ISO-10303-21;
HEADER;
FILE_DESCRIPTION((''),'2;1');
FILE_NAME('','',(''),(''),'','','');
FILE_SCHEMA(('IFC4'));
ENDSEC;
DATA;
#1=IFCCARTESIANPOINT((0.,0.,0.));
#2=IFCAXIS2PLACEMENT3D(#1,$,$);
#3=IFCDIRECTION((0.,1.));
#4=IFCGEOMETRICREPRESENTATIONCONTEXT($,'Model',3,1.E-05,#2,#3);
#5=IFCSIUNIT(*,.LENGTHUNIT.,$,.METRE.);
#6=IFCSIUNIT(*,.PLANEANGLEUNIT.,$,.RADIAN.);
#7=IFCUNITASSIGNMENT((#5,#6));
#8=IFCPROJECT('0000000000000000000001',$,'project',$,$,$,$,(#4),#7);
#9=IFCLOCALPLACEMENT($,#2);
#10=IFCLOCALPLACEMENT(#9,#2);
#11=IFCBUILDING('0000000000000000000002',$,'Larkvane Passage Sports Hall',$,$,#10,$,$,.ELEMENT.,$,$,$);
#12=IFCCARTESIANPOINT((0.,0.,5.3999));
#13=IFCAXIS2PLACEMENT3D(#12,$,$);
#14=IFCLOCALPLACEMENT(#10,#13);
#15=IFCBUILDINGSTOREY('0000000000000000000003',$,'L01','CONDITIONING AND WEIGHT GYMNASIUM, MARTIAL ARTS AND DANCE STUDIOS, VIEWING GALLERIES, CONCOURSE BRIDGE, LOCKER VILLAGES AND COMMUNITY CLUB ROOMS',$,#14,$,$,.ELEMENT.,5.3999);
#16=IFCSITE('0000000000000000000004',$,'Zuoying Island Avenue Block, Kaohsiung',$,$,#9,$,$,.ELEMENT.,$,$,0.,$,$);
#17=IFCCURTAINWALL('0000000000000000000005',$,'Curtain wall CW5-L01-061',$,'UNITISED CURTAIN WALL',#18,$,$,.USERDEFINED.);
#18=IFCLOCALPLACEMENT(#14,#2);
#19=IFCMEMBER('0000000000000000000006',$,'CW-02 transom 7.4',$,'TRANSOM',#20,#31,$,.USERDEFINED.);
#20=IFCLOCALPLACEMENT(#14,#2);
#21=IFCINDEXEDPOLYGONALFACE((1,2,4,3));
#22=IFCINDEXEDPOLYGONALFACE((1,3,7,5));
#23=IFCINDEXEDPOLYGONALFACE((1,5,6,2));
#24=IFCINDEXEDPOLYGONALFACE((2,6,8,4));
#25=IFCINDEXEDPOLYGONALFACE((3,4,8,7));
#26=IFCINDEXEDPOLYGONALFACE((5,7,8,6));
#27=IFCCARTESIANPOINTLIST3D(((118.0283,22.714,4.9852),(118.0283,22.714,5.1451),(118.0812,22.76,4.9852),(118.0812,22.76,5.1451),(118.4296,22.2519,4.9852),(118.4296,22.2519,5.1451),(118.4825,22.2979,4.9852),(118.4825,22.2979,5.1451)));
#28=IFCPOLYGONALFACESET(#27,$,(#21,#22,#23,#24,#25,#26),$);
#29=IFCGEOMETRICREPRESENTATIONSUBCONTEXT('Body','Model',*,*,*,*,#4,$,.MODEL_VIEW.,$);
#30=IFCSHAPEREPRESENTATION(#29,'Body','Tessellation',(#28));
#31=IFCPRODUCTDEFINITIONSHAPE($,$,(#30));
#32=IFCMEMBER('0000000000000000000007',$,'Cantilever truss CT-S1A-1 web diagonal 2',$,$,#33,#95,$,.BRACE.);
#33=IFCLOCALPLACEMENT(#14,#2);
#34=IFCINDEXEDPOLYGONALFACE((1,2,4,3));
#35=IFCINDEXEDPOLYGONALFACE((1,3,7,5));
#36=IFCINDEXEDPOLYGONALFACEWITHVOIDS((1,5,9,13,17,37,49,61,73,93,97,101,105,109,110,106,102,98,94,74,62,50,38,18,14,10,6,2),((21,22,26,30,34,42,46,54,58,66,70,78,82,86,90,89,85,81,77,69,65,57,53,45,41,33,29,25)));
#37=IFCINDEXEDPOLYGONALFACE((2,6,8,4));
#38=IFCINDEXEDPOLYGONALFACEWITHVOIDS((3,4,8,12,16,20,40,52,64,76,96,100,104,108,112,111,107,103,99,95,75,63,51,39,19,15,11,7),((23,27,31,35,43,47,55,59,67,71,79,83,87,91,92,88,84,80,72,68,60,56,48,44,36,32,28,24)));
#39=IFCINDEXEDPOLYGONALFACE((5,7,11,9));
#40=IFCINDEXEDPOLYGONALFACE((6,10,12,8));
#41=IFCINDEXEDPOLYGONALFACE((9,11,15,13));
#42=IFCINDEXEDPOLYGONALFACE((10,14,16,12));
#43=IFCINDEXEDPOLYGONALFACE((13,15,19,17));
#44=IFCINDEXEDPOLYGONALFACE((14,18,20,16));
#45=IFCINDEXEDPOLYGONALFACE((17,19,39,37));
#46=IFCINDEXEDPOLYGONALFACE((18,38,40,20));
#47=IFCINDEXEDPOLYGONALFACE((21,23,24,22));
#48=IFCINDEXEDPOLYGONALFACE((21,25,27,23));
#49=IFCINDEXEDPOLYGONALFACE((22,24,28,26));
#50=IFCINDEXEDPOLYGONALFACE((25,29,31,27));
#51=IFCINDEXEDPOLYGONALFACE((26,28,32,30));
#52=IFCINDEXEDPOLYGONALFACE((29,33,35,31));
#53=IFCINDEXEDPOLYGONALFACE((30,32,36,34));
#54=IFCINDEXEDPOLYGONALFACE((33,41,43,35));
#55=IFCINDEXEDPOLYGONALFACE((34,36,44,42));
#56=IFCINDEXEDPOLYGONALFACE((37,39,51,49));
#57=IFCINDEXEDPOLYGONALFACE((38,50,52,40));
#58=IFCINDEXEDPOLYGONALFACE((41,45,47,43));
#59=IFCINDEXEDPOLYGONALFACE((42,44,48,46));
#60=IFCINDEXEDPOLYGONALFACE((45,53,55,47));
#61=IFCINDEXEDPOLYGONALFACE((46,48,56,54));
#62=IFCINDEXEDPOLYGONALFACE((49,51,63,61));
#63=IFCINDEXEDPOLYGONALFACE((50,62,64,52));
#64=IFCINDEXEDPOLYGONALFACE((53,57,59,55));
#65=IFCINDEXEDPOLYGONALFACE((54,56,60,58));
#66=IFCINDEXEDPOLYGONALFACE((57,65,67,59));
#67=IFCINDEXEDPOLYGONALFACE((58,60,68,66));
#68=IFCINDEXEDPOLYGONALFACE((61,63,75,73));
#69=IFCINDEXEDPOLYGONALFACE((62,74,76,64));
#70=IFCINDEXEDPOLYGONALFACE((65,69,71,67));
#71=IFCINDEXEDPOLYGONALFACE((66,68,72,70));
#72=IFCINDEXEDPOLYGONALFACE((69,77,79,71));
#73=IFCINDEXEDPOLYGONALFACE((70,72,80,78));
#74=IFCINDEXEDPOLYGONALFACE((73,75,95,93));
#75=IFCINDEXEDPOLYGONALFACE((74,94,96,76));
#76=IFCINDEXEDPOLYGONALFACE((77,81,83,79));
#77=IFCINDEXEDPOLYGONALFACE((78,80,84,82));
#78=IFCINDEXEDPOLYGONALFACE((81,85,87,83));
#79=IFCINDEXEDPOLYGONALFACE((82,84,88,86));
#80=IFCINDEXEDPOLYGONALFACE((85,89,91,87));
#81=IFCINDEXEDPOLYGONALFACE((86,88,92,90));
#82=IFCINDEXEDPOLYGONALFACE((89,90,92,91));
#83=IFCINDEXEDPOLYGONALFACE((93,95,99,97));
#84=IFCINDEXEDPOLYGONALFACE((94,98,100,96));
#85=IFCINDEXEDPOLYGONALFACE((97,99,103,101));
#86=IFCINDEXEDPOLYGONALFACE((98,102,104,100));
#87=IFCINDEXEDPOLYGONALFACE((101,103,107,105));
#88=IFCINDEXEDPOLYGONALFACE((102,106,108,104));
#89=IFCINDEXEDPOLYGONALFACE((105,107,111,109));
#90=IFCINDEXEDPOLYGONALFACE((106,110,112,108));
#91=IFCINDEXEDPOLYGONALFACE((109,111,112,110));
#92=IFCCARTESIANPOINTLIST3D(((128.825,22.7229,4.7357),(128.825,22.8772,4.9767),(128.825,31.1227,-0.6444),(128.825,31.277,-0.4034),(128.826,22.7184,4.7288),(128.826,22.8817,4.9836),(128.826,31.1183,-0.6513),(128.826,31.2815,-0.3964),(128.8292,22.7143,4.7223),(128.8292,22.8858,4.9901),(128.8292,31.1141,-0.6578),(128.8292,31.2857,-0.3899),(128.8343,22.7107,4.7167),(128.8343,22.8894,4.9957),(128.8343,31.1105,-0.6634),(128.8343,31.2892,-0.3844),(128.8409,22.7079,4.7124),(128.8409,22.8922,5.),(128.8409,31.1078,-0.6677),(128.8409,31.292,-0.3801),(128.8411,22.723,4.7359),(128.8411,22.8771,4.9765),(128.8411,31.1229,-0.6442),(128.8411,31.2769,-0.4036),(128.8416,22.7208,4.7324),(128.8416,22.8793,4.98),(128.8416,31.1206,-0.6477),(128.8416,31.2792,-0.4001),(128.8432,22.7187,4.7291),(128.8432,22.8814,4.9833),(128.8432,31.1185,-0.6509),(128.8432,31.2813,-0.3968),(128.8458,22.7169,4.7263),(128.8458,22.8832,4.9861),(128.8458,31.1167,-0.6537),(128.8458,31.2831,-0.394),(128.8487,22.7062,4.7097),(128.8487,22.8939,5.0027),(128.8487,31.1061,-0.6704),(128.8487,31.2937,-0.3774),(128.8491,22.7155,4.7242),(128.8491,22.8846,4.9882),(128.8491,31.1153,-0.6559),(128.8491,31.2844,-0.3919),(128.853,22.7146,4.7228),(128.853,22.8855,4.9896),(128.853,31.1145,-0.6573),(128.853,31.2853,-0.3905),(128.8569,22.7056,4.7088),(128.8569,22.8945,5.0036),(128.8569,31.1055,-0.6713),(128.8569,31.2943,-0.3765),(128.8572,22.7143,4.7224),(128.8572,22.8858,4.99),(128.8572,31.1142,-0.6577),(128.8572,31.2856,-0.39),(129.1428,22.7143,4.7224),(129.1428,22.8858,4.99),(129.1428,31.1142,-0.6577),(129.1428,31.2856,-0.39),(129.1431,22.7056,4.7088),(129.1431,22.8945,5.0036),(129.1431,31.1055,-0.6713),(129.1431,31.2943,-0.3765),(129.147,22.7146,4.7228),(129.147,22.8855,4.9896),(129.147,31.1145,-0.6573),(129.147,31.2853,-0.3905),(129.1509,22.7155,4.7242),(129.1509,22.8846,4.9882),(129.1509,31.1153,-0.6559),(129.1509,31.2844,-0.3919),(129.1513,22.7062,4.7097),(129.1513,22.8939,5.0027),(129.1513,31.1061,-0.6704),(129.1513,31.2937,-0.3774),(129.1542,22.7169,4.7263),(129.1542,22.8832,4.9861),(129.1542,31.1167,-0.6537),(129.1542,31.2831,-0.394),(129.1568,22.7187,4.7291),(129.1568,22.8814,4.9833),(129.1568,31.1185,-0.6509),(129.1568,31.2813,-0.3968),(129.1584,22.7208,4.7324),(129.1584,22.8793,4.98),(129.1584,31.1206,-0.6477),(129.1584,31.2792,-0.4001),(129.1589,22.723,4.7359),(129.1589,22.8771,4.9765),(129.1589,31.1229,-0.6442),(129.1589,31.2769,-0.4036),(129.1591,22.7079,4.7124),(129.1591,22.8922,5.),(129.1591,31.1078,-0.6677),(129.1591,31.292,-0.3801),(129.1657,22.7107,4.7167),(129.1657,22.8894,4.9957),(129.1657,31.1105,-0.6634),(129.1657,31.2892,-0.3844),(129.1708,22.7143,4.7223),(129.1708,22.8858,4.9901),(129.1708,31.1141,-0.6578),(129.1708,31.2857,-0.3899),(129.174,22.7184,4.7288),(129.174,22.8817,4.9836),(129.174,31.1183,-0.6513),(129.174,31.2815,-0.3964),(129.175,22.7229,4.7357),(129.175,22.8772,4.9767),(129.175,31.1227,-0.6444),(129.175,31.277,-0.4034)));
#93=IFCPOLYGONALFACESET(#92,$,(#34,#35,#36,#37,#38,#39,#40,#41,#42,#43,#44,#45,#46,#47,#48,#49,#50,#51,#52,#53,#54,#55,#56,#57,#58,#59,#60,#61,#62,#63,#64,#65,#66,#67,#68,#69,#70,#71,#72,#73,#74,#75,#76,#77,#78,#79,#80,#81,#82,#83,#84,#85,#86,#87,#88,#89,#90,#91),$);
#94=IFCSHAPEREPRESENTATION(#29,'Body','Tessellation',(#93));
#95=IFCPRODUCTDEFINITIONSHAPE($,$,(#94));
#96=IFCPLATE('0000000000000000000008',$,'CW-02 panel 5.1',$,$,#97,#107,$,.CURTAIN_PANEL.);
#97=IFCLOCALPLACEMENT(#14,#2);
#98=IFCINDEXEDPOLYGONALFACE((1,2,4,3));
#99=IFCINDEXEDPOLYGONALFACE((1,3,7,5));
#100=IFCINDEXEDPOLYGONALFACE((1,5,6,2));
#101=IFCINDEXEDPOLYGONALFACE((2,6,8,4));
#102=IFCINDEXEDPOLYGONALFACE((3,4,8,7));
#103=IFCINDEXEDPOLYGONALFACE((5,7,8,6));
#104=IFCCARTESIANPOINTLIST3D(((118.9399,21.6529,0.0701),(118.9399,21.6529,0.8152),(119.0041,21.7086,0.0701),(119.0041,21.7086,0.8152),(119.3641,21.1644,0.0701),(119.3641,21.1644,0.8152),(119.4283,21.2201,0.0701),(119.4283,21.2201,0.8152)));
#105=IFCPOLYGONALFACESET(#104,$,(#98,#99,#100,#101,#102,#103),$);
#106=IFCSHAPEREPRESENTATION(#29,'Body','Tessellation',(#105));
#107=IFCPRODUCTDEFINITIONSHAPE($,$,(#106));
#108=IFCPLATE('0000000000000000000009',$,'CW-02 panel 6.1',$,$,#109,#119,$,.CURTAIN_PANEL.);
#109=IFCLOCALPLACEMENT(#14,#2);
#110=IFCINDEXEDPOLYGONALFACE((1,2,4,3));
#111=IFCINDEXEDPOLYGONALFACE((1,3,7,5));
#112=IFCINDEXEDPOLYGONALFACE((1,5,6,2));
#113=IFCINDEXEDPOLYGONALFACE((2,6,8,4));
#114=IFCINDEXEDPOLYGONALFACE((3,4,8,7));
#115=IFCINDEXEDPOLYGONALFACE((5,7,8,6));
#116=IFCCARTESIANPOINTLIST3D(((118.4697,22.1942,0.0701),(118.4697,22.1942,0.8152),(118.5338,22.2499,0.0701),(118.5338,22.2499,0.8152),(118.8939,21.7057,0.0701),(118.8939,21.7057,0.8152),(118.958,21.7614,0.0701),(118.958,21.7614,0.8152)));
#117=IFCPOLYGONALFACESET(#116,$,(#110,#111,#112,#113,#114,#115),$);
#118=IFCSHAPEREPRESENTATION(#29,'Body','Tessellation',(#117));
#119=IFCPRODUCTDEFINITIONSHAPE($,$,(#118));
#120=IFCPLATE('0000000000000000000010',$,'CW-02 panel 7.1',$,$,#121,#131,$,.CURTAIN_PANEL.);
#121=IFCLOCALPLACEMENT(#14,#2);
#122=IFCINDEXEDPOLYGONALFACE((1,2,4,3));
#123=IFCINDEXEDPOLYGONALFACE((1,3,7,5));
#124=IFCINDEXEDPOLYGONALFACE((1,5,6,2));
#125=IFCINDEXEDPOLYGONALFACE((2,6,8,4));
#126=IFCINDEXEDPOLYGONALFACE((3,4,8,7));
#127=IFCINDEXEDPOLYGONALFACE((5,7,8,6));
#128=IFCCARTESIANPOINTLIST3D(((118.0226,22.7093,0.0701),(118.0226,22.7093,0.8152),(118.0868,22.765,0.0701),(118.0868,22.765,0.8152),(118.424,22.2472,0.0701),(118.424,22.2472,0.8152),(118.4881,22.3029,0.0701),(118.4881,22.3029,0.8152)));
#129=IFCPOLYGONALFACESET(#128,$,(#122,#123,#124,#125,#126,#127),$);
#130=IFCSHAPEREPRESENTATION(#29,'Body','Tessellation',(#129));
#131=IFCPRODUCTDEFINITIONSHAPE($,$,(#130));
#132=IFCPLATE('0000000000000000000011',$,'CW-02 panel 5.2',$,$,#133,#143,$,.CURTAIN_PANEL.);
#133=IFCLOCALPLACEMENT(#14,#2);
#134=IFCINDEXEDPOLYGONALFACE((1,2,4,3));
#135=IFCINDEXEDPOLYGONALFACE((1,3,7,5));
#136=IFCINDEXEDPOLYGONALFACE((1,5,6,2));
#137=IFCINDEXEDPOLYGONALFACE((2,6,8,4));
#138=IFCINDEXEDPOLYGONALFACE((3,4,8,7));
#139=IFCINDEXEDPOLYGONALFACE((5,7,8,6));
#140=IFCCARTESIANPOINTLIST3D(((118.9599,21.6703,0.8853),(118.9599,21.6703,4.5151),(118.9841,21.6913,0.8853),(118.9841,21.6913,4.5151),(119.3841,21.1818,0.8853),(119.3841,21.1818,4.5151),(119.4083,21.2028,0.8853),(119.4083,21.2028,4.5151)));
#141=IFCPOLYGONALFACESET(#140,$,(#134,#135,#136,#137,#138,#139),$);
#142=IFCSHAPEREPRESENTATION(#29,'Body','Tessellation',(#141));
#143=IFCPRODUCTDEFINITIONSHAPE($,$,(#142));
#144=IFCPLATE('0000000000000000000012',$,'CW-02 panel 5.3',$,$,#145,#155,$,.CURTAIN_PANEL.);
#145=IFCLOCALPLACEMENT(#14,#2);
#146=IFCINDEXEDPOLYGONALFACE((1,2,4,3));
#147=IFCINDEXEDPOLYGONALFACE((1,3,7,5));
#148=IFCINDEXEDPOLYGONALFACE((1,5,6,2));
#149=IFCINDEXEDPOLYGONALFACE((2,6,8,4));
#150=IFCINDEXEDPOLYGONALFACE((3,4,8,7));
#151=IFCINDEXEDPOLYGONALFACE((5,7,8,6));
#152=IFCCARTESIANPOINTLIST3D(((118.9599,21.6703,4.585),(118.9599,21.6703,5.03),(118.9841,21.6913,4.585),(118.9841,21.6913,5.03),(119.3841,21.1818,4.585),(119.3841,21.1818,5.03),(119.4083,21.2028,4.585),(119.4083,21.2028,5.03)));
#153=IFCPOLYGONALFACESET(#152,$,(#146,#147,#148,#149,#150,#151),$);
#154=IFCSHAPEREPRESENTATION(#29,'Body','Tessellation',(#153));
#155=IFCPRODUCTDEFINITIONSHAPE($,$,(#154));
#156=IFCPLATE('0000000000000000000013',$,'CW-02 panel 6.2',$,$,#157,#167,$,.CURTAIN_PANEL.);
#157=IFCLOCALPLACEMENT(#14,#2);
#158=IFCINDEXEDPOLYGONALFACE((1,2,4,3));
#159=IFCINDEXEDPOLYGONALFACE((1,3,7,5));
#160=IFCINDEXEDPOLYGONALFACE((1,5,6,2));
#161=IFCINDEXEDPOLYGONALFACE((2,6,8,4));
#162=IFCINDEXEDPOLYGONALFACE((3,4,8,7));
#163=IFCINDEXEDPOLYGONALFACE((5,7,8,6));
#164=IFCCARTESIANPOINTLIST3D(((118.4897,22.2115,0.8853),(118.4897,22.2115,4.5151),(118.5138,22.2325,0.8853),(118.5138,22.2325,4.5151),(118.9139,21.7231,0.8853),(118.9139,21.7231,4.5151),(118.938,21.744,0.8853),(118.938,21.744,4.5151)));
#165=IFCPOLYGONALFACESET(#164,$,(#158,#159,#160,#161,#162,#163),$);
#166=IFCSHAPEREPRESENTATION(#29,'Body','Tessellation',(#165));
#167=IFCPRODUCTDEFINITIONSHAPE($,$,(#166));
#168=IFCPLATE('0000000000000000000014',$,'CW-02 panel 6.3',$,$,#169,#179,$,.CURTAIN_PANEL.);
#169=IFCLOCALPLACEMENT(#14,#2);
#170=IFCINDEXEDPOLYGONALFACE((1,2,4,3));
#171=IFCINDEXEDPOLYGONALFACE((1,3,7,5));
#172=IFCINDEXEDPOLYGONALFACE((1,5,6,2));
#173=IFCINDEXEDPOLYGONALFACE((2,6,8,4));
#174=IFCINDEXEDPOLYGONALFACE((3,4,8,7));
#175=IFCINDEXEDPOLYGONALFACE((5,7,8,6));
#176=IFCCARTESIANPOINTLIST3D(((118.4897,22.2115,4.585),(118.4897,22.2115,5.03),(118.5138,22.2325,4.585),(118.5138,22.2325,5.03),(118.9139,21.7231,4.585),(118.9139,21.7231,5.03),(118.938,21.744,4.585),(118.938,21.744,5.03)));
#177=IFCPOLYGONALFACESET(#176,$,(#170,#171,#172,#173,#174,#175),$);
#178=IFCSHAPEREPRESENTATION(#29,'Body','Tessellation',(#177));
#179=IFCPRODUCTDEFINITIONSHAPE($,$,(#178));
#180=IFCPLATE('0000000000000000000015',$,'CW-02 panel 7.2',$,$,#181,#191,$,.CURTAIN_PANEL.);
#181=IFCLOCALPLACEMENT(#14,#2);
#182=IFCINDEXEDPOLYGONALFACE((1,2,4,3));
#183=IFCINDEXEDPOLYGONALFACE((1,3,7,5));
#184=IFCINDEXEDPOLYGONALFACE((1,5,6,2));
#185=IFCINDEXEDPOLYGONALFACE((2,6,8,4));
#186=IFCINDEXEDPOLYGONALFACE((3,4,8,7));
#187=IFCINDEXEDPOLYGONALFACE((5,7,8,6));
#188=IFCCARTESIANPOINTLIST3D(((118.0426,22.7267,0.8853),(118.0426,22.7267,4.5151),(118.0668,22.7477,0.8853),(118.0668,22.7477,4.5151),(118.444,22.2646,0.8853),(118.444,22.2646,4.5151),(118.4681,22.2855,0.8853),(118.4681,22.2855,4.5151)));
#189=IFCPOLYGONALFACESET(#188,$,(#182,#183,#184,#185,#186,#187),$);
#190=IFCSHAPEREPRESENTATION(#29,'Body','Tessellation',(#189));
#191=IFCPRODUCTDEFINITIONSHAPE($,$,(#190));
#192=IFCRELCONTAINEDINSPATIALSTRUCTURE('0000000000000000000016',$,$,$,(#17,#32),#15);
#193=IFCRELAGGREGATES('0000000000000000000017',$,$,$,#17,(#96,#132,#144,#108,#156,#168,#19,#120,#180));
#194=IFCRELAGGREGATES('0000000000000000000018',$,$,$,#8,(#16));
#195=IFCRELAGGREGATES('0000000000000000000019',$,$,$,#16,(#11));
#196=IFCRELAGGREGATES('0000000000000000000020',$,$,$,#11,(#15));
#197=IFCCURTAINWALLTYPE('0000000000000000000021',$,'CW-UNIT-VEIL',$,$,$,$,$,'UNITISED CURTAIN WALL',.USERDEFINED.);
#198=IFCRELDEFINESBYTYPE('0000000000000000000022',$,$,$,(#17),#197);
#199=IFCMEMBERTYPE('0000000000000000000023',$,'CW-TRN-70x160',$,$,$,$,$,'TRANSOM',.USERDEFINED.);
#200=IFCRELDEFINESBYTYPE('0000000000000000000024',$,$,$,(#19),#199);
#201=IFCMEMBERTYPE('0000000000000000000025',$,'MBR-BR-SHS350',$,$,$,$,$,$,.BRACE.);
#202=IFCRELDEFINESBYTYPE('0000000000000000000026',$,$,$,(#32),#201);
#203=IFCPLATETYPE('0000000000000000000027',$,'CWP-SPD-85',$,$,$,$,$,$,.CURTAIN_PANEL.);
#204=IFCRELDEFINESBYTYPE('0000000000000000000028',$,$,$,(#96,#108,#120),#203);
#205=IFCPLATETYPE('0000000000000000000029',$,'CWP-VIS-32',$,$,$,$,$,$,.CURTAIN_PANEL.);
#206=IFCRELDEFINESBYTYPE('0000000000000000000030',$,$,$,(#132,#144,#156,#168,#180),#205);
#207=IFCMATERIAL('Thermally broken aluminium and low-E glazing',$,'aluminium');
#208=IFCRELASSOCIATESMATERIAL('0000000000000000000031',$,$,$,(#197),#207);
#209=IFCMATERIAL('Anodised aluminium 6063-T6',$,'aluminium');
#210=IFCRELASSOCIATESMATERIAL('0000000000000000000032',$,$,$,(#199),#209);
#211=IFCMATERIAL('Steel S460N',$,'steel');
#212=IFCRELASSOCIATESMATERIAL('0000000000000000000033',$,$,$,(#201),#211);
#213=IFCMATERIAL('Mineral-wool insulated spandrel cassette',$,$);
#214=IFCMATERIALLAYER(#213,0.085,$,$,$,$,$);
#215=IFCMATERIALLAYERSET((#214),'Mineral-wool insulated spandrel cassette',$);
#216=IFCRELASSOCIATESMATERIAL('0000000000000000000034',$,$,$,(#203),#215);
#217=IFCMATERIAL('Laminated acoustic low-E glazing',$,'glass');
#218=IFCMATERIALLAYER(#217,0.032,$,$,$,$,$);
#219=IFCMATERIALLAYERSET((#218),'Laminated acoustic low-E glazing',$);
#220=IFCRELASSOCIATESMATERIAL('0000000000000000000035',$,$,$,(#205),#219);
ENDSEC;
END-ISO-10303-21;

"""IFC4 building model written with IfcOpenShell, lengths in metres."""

from ifc_helpers import new_model, si_unit, direction, frame, origin, origin_2d, place, context, subcontext, project, spatial, rectangle, hollow_rectangle, extrude, material, layer, layer_set, material_profile, profile_set, type_object, element, aggregate, save


model = new_model("IFC4")

# Units and contexts
model_context = context("Model", 3, precision=1e-05, world=origin(), true_north=direction((0.0, 1.0)))
body_context = subcontext(model_context, "Body", "Model", "MODEL_VIEW")
ifc_project = project(units=[si_unit("LENGTHUNIT", "METRE"), si_unit("PLANEANGLEUNIT", "RADIAN")], contexts=[model_context])

# Site, building, storey
site_placement = place(None, origin())
site = spatial("IfcSite", under=ifc_project, at=site_placement, Name="Zuoying Island Avenue Block, Kaohsiung", CompositionType="ELEMENT", RefElevation=0.0)
building_placement = place(site_placement, origin())
building = spatial("IfcBuilding", under=site, at=building_placement, Name="Larkvane Passage Sports Hall", CompositionType="ELEMENT")
storey_placement = place(building_placement, frame((0.0, 0.0, 5.3999)))
storey = spatial("IfcBuildingStorey", under=building, at=storey_placement, Name="L01", Description="CONDITIONING AND WEIGHT GYMNASIUM, MARTIAL ARTS AND DANCE STUDIOS, VIEWING GALLERIES, CONCOURSE BRIDGE, LOCKER VILLAGES AND COMMUNITY CLUB ROOMS", CompositionType="ELEMENT", Elevation=5.3999)

# Shared definitions
ifc_material_1 = material(Name="Steel S460N", Category="steel")

# Curtain wall, member
ifc_material_2 = material(Name="Thermally broken aluminium and low-E glazing", Category="aluminium")
curtain_wall_type = type_object("IfcCurtainWallType", Name="CW-UNIT-VEIL", ElementType="UNITISED CURTAIN WALL", PredefinedType="USERDEFINED", material=ifc_material_2)
curtain_wall_placement = place(storey_placement, origin())
curtain_wall = element("IfcCurtainWall", 1, at=curtain_wall_placement, inside=storey, type_object=curtain_wall_type, Name="Curtain wall CW5-L01-061", ObjectType="UNITISED CURTAIN WALL", PredefinedType="USERDEFINED")
ifc_material_3 = material(Name="Anodised aluminium 6063-T6", Category="aluminium")
ifc_material_profile_1 = material_profile(ifc_material_3, rectangle(XDim=0.0701, YDim=0.1599, at=origin_2d()), Name="ALU-TRN-70x160")
ifc_profile_set_1 = profile_set([ifc_material_profile_1], Name="Anodised aluminium 6063-T6")
member_type_1 = type_object("IfcMemberType", Name="CW-TRN-70x160", ElementType="TRANSOM", PredefinedType="USERDEFINED", material=ifc_profile_set_1)
member_1_placement = place(storey_placement, frame((118.4561, 22.2749, 5.0652), z_axis=(-0.655705, 0.755018, 0.0), x_axis=(-0.755018, -0.655705, 0.0)))
member_1 = element("IfcMember", 2, at=member_1_placement, type_object=member_type_1, Name="CW-02 transom 7.4", ObjectType="TRANSOM", PredefinedType="USERDEFINED", context=body_context, shape_type="SweptSolid", body=[
    extrude(rectangle(XDim=0.0701, YDim=0.1599, at=origin_2d()), origin(), (0.0, 0.0, 1.0), 0.6121),
])

# Member
ifc_material_profile_2 = material_profile(ifc_material_1, hollow_rectangle(XDim=0.3501, YDim=0.3501, WallThickness=0.0161, InnerFilletRadius=0.0161, OuterFilletRadius=0.032, at=origin_2d()), Name="SHS-350x350x16")
ifc_profile_set_2 = profile_set([ifc_material_profile_2], Name="Steel S460N")
member_type_2 = type_object("IfcMemberType", Name="MBR-BR-SHS350", PredefinedType="BRACE", material=ifc_profile_set_2)
member_2_placement = place(storey_placement, frame((129.0, 22.8, 4.8562), z_axis=(0.0, 0.842081, -0.539352), x_axis=(-1.0, 0.0, 0.0)))
element("IfcMember", 3, at=member_2_placement, inside=storey, type_object=member_type_2, Name="Cantilever truss CT-S1A-1 web diagonal 2", PredefinedType="BRACE", context=body_context, shape_type="SweptSolid", body=[
    extrude(hollow_rectangle(XDim=0.3501, YDim=0.3501, WallThickness=0.0161, InnerFilletRadius=0.0161, OuterFilletRadius=0.032, at=origin_2d()), origin(), (0.0, 0.0, 1.0), 9.9751),
])

# Plates
ifc_material_4 = material(Name="Mineral-wool insulated spandrel cassette")
ifc_layer_1 = layer(ifc_material_4, 0.085)
ifc_layer_set_1 = layer_set([ifc_layer_1], Name="Mineral-wool insulated spandrel cassette")
plate_type_1 = type_object("IfcPlateType", Name="CWP-SPD-85", PredefinedType="CURTAIN_PANEL", material=ifc_layer_set_1)
plate_1_placement = place(storey_placement, frame((119.1841, 21.4365, 0.0701), z_axis=(0.0, 0.0, 1.0), x_axis=(-0.655685, 0.755035, 0.0)))
plate_1 = element("IfcPlate", 4, at=plate_1_placement, type_object=plate_type_1, Name="CW-02 panel 5.1", PredefinedType="CURTAIN_PANEL", context=body_context, shape_type="SweptSolid", body=[
    extrude(rectangle(XDim=0.647, YDim=0.085, at=origin_2d()), origin(), (0.0, 0.0, 1.0), 0.7451),
])
plate_2_placement = place(storey_placement, frame((118.7139, 21.9778, 0.0701), z_axis=(0.0, 0.0, 1.0), x_axis=(-0.655685, 0.755035, 0.0)))
plate_2 = element("IfcPlate", 5, at=plate_2_placement, type_object=plate_type_1, Name="CW-02 panel 6.1", PredefinedType="CURTAIN_PANEL", context=body_context, shape_type="SweptSolid", body=[
    extrude(rectangle(XDim=0.647, YDim=0.085, at=origin_2d()), origin(), (0.0, 0.0, 1.0), 0.7451),
])
plate_3_placement = place(storey_placement, frame((118.2554, 22.5061, 0.0701), z_axis=(0.0, 0.0, 1.0), x_axis=(-0.655685, 0.755035, 0.0)))
plate_3 = element("IfcPlate", 6, at=plate_3_placement, type_object=plate_type_1, Name="CW-02 panel 7.1", PredefinedType="CURTAIN_PANEL", context=body_context, shape_type="SweptSolid", body=[
    extrude(rectangle(XDim=0.6121, YDim=0.085, at=origin_2d()), origin(), (0.0, 0.0, 1.0), 0.7451),
])
ifc_material_5 = material(Name="Laminated acoustic low-E glazing", Category="glass")
ifc_layer_2 = layer(ifc_material_5, 0.032)
ifc_layer_set_2 = layer_set([ifc_layer_2], Name="Laminated acoustic low-E glazing")
plate_type_2 = type_object("IfcPlateType", Name="CWP-VIS-32", PredefinedType="CURTAIN_PANEL", material=ifc_layer_set_2)
plate_4_placement = place(storey_placement, frame((119.1841, 21.4365, 0.8853), z_axis=(0.0, 0.0, 1.0), x_axis=(-0.655685, 0.755035, 0.0)))
plate_4 = element("IfcPlate", 7, at=plate_4_placement, type_object=plate_type_2, Name="CW-02 panel 5.2", PredefinedType="CURTAIN_PANEL", context=body_context, shape_type="SweptSolid", body=[
    extrude(rectangle(XDim=0.647, YDim=0.032, at=origin_2d()), origin(), (0.0, 0.0, 1.0), 3.6299),
])
plate_5_placement = place(storey_placement, frame((119.1841, 21.4365, 4.585), z_axis=(0.0, 0.0, 1.0), x_axis=(-0.655685, 0.755035, 0.0)))
plate_5 = element("IfcPlate", 8, at=plate_5_placement, type_object=plate_type_2, Name="CW-02 panel 5.3", PredefinedType="CURTAIN_PANEL", context=body_context, shape_type="SweptSolid", body=[
    extrude(rectangle(XDim=0.647, YDim=0.032, at=origin_2d()), origin(), (0.0, 0.0, 1.0), 0.4451),
])
plate_6_placement = place(storey_placement, frame((118.7139, 21.9778, 0.8853), z_axis=(0.0, 0.0, 1.0), x_axis=(-0.655685, 0.755035, 0.0)))
plate_6 = element("IfcPlate", 9, at=plate_6_placement, type_object=plate_type_2, Name="CW-02 panel 6.2", PredefinedType="CURTAIN_PANEL", context=body_context, shape_type="SweptSolid", body=[
    extrude(rectangle(XDim=0.647, YDim=0.032, at=origin_2d()), origin(), (0.0, 0.0, 1.0), 3.6299),
])
plate_7_placement = place(storey_placement, frame((118.7139, 21.9778, 4.585), z_axis=(0.0, 0.0, 1.0), x_axis=(-0.655685, 0.755035, 0.0)))
plate_7 = element("IfcPlate", 10, at=plate_7_placement, type_object=plate_type_2, Name="CW-02 panel 6.3", PredefinedType="CURTAIN_PANEL", context=body_context, shape_type="SweptSolid", body=[
    extrude(rectangle(XDim=0.647, YDim=0.032, at=origin_2d()), origin(), (0.0, 0.0, 1.0), 0.4451),
])
plate_8_placement = place(storey_placement, frame((118.2554, 22.5061, 0.8853), z_axis=(0.0, 0.0, 1.0), x_axis=(-0.655685, 0.755035, 0.0)))
plate_8 = element("IfcPlate", 11, at=plate_8_placement, type_object=plate_type_2, Name="CW-02 panel 7.2", PredefinedType="CURTAIN_PANEL", context=body_context, shape_type="SweptSolid", body=[
    extrude(rectangle(XDim=0.6121, YDim=0.032, at=origin_2d()), origin(), (0.0, 0.0, 1.0), 3.6299),
])
aggregate(curtain_wall, [plate_1, plate_4, plate_5, plate_2, plate_6, plate_7, member_1, plate_3, plate_8])

save(model, "model.ifc")
